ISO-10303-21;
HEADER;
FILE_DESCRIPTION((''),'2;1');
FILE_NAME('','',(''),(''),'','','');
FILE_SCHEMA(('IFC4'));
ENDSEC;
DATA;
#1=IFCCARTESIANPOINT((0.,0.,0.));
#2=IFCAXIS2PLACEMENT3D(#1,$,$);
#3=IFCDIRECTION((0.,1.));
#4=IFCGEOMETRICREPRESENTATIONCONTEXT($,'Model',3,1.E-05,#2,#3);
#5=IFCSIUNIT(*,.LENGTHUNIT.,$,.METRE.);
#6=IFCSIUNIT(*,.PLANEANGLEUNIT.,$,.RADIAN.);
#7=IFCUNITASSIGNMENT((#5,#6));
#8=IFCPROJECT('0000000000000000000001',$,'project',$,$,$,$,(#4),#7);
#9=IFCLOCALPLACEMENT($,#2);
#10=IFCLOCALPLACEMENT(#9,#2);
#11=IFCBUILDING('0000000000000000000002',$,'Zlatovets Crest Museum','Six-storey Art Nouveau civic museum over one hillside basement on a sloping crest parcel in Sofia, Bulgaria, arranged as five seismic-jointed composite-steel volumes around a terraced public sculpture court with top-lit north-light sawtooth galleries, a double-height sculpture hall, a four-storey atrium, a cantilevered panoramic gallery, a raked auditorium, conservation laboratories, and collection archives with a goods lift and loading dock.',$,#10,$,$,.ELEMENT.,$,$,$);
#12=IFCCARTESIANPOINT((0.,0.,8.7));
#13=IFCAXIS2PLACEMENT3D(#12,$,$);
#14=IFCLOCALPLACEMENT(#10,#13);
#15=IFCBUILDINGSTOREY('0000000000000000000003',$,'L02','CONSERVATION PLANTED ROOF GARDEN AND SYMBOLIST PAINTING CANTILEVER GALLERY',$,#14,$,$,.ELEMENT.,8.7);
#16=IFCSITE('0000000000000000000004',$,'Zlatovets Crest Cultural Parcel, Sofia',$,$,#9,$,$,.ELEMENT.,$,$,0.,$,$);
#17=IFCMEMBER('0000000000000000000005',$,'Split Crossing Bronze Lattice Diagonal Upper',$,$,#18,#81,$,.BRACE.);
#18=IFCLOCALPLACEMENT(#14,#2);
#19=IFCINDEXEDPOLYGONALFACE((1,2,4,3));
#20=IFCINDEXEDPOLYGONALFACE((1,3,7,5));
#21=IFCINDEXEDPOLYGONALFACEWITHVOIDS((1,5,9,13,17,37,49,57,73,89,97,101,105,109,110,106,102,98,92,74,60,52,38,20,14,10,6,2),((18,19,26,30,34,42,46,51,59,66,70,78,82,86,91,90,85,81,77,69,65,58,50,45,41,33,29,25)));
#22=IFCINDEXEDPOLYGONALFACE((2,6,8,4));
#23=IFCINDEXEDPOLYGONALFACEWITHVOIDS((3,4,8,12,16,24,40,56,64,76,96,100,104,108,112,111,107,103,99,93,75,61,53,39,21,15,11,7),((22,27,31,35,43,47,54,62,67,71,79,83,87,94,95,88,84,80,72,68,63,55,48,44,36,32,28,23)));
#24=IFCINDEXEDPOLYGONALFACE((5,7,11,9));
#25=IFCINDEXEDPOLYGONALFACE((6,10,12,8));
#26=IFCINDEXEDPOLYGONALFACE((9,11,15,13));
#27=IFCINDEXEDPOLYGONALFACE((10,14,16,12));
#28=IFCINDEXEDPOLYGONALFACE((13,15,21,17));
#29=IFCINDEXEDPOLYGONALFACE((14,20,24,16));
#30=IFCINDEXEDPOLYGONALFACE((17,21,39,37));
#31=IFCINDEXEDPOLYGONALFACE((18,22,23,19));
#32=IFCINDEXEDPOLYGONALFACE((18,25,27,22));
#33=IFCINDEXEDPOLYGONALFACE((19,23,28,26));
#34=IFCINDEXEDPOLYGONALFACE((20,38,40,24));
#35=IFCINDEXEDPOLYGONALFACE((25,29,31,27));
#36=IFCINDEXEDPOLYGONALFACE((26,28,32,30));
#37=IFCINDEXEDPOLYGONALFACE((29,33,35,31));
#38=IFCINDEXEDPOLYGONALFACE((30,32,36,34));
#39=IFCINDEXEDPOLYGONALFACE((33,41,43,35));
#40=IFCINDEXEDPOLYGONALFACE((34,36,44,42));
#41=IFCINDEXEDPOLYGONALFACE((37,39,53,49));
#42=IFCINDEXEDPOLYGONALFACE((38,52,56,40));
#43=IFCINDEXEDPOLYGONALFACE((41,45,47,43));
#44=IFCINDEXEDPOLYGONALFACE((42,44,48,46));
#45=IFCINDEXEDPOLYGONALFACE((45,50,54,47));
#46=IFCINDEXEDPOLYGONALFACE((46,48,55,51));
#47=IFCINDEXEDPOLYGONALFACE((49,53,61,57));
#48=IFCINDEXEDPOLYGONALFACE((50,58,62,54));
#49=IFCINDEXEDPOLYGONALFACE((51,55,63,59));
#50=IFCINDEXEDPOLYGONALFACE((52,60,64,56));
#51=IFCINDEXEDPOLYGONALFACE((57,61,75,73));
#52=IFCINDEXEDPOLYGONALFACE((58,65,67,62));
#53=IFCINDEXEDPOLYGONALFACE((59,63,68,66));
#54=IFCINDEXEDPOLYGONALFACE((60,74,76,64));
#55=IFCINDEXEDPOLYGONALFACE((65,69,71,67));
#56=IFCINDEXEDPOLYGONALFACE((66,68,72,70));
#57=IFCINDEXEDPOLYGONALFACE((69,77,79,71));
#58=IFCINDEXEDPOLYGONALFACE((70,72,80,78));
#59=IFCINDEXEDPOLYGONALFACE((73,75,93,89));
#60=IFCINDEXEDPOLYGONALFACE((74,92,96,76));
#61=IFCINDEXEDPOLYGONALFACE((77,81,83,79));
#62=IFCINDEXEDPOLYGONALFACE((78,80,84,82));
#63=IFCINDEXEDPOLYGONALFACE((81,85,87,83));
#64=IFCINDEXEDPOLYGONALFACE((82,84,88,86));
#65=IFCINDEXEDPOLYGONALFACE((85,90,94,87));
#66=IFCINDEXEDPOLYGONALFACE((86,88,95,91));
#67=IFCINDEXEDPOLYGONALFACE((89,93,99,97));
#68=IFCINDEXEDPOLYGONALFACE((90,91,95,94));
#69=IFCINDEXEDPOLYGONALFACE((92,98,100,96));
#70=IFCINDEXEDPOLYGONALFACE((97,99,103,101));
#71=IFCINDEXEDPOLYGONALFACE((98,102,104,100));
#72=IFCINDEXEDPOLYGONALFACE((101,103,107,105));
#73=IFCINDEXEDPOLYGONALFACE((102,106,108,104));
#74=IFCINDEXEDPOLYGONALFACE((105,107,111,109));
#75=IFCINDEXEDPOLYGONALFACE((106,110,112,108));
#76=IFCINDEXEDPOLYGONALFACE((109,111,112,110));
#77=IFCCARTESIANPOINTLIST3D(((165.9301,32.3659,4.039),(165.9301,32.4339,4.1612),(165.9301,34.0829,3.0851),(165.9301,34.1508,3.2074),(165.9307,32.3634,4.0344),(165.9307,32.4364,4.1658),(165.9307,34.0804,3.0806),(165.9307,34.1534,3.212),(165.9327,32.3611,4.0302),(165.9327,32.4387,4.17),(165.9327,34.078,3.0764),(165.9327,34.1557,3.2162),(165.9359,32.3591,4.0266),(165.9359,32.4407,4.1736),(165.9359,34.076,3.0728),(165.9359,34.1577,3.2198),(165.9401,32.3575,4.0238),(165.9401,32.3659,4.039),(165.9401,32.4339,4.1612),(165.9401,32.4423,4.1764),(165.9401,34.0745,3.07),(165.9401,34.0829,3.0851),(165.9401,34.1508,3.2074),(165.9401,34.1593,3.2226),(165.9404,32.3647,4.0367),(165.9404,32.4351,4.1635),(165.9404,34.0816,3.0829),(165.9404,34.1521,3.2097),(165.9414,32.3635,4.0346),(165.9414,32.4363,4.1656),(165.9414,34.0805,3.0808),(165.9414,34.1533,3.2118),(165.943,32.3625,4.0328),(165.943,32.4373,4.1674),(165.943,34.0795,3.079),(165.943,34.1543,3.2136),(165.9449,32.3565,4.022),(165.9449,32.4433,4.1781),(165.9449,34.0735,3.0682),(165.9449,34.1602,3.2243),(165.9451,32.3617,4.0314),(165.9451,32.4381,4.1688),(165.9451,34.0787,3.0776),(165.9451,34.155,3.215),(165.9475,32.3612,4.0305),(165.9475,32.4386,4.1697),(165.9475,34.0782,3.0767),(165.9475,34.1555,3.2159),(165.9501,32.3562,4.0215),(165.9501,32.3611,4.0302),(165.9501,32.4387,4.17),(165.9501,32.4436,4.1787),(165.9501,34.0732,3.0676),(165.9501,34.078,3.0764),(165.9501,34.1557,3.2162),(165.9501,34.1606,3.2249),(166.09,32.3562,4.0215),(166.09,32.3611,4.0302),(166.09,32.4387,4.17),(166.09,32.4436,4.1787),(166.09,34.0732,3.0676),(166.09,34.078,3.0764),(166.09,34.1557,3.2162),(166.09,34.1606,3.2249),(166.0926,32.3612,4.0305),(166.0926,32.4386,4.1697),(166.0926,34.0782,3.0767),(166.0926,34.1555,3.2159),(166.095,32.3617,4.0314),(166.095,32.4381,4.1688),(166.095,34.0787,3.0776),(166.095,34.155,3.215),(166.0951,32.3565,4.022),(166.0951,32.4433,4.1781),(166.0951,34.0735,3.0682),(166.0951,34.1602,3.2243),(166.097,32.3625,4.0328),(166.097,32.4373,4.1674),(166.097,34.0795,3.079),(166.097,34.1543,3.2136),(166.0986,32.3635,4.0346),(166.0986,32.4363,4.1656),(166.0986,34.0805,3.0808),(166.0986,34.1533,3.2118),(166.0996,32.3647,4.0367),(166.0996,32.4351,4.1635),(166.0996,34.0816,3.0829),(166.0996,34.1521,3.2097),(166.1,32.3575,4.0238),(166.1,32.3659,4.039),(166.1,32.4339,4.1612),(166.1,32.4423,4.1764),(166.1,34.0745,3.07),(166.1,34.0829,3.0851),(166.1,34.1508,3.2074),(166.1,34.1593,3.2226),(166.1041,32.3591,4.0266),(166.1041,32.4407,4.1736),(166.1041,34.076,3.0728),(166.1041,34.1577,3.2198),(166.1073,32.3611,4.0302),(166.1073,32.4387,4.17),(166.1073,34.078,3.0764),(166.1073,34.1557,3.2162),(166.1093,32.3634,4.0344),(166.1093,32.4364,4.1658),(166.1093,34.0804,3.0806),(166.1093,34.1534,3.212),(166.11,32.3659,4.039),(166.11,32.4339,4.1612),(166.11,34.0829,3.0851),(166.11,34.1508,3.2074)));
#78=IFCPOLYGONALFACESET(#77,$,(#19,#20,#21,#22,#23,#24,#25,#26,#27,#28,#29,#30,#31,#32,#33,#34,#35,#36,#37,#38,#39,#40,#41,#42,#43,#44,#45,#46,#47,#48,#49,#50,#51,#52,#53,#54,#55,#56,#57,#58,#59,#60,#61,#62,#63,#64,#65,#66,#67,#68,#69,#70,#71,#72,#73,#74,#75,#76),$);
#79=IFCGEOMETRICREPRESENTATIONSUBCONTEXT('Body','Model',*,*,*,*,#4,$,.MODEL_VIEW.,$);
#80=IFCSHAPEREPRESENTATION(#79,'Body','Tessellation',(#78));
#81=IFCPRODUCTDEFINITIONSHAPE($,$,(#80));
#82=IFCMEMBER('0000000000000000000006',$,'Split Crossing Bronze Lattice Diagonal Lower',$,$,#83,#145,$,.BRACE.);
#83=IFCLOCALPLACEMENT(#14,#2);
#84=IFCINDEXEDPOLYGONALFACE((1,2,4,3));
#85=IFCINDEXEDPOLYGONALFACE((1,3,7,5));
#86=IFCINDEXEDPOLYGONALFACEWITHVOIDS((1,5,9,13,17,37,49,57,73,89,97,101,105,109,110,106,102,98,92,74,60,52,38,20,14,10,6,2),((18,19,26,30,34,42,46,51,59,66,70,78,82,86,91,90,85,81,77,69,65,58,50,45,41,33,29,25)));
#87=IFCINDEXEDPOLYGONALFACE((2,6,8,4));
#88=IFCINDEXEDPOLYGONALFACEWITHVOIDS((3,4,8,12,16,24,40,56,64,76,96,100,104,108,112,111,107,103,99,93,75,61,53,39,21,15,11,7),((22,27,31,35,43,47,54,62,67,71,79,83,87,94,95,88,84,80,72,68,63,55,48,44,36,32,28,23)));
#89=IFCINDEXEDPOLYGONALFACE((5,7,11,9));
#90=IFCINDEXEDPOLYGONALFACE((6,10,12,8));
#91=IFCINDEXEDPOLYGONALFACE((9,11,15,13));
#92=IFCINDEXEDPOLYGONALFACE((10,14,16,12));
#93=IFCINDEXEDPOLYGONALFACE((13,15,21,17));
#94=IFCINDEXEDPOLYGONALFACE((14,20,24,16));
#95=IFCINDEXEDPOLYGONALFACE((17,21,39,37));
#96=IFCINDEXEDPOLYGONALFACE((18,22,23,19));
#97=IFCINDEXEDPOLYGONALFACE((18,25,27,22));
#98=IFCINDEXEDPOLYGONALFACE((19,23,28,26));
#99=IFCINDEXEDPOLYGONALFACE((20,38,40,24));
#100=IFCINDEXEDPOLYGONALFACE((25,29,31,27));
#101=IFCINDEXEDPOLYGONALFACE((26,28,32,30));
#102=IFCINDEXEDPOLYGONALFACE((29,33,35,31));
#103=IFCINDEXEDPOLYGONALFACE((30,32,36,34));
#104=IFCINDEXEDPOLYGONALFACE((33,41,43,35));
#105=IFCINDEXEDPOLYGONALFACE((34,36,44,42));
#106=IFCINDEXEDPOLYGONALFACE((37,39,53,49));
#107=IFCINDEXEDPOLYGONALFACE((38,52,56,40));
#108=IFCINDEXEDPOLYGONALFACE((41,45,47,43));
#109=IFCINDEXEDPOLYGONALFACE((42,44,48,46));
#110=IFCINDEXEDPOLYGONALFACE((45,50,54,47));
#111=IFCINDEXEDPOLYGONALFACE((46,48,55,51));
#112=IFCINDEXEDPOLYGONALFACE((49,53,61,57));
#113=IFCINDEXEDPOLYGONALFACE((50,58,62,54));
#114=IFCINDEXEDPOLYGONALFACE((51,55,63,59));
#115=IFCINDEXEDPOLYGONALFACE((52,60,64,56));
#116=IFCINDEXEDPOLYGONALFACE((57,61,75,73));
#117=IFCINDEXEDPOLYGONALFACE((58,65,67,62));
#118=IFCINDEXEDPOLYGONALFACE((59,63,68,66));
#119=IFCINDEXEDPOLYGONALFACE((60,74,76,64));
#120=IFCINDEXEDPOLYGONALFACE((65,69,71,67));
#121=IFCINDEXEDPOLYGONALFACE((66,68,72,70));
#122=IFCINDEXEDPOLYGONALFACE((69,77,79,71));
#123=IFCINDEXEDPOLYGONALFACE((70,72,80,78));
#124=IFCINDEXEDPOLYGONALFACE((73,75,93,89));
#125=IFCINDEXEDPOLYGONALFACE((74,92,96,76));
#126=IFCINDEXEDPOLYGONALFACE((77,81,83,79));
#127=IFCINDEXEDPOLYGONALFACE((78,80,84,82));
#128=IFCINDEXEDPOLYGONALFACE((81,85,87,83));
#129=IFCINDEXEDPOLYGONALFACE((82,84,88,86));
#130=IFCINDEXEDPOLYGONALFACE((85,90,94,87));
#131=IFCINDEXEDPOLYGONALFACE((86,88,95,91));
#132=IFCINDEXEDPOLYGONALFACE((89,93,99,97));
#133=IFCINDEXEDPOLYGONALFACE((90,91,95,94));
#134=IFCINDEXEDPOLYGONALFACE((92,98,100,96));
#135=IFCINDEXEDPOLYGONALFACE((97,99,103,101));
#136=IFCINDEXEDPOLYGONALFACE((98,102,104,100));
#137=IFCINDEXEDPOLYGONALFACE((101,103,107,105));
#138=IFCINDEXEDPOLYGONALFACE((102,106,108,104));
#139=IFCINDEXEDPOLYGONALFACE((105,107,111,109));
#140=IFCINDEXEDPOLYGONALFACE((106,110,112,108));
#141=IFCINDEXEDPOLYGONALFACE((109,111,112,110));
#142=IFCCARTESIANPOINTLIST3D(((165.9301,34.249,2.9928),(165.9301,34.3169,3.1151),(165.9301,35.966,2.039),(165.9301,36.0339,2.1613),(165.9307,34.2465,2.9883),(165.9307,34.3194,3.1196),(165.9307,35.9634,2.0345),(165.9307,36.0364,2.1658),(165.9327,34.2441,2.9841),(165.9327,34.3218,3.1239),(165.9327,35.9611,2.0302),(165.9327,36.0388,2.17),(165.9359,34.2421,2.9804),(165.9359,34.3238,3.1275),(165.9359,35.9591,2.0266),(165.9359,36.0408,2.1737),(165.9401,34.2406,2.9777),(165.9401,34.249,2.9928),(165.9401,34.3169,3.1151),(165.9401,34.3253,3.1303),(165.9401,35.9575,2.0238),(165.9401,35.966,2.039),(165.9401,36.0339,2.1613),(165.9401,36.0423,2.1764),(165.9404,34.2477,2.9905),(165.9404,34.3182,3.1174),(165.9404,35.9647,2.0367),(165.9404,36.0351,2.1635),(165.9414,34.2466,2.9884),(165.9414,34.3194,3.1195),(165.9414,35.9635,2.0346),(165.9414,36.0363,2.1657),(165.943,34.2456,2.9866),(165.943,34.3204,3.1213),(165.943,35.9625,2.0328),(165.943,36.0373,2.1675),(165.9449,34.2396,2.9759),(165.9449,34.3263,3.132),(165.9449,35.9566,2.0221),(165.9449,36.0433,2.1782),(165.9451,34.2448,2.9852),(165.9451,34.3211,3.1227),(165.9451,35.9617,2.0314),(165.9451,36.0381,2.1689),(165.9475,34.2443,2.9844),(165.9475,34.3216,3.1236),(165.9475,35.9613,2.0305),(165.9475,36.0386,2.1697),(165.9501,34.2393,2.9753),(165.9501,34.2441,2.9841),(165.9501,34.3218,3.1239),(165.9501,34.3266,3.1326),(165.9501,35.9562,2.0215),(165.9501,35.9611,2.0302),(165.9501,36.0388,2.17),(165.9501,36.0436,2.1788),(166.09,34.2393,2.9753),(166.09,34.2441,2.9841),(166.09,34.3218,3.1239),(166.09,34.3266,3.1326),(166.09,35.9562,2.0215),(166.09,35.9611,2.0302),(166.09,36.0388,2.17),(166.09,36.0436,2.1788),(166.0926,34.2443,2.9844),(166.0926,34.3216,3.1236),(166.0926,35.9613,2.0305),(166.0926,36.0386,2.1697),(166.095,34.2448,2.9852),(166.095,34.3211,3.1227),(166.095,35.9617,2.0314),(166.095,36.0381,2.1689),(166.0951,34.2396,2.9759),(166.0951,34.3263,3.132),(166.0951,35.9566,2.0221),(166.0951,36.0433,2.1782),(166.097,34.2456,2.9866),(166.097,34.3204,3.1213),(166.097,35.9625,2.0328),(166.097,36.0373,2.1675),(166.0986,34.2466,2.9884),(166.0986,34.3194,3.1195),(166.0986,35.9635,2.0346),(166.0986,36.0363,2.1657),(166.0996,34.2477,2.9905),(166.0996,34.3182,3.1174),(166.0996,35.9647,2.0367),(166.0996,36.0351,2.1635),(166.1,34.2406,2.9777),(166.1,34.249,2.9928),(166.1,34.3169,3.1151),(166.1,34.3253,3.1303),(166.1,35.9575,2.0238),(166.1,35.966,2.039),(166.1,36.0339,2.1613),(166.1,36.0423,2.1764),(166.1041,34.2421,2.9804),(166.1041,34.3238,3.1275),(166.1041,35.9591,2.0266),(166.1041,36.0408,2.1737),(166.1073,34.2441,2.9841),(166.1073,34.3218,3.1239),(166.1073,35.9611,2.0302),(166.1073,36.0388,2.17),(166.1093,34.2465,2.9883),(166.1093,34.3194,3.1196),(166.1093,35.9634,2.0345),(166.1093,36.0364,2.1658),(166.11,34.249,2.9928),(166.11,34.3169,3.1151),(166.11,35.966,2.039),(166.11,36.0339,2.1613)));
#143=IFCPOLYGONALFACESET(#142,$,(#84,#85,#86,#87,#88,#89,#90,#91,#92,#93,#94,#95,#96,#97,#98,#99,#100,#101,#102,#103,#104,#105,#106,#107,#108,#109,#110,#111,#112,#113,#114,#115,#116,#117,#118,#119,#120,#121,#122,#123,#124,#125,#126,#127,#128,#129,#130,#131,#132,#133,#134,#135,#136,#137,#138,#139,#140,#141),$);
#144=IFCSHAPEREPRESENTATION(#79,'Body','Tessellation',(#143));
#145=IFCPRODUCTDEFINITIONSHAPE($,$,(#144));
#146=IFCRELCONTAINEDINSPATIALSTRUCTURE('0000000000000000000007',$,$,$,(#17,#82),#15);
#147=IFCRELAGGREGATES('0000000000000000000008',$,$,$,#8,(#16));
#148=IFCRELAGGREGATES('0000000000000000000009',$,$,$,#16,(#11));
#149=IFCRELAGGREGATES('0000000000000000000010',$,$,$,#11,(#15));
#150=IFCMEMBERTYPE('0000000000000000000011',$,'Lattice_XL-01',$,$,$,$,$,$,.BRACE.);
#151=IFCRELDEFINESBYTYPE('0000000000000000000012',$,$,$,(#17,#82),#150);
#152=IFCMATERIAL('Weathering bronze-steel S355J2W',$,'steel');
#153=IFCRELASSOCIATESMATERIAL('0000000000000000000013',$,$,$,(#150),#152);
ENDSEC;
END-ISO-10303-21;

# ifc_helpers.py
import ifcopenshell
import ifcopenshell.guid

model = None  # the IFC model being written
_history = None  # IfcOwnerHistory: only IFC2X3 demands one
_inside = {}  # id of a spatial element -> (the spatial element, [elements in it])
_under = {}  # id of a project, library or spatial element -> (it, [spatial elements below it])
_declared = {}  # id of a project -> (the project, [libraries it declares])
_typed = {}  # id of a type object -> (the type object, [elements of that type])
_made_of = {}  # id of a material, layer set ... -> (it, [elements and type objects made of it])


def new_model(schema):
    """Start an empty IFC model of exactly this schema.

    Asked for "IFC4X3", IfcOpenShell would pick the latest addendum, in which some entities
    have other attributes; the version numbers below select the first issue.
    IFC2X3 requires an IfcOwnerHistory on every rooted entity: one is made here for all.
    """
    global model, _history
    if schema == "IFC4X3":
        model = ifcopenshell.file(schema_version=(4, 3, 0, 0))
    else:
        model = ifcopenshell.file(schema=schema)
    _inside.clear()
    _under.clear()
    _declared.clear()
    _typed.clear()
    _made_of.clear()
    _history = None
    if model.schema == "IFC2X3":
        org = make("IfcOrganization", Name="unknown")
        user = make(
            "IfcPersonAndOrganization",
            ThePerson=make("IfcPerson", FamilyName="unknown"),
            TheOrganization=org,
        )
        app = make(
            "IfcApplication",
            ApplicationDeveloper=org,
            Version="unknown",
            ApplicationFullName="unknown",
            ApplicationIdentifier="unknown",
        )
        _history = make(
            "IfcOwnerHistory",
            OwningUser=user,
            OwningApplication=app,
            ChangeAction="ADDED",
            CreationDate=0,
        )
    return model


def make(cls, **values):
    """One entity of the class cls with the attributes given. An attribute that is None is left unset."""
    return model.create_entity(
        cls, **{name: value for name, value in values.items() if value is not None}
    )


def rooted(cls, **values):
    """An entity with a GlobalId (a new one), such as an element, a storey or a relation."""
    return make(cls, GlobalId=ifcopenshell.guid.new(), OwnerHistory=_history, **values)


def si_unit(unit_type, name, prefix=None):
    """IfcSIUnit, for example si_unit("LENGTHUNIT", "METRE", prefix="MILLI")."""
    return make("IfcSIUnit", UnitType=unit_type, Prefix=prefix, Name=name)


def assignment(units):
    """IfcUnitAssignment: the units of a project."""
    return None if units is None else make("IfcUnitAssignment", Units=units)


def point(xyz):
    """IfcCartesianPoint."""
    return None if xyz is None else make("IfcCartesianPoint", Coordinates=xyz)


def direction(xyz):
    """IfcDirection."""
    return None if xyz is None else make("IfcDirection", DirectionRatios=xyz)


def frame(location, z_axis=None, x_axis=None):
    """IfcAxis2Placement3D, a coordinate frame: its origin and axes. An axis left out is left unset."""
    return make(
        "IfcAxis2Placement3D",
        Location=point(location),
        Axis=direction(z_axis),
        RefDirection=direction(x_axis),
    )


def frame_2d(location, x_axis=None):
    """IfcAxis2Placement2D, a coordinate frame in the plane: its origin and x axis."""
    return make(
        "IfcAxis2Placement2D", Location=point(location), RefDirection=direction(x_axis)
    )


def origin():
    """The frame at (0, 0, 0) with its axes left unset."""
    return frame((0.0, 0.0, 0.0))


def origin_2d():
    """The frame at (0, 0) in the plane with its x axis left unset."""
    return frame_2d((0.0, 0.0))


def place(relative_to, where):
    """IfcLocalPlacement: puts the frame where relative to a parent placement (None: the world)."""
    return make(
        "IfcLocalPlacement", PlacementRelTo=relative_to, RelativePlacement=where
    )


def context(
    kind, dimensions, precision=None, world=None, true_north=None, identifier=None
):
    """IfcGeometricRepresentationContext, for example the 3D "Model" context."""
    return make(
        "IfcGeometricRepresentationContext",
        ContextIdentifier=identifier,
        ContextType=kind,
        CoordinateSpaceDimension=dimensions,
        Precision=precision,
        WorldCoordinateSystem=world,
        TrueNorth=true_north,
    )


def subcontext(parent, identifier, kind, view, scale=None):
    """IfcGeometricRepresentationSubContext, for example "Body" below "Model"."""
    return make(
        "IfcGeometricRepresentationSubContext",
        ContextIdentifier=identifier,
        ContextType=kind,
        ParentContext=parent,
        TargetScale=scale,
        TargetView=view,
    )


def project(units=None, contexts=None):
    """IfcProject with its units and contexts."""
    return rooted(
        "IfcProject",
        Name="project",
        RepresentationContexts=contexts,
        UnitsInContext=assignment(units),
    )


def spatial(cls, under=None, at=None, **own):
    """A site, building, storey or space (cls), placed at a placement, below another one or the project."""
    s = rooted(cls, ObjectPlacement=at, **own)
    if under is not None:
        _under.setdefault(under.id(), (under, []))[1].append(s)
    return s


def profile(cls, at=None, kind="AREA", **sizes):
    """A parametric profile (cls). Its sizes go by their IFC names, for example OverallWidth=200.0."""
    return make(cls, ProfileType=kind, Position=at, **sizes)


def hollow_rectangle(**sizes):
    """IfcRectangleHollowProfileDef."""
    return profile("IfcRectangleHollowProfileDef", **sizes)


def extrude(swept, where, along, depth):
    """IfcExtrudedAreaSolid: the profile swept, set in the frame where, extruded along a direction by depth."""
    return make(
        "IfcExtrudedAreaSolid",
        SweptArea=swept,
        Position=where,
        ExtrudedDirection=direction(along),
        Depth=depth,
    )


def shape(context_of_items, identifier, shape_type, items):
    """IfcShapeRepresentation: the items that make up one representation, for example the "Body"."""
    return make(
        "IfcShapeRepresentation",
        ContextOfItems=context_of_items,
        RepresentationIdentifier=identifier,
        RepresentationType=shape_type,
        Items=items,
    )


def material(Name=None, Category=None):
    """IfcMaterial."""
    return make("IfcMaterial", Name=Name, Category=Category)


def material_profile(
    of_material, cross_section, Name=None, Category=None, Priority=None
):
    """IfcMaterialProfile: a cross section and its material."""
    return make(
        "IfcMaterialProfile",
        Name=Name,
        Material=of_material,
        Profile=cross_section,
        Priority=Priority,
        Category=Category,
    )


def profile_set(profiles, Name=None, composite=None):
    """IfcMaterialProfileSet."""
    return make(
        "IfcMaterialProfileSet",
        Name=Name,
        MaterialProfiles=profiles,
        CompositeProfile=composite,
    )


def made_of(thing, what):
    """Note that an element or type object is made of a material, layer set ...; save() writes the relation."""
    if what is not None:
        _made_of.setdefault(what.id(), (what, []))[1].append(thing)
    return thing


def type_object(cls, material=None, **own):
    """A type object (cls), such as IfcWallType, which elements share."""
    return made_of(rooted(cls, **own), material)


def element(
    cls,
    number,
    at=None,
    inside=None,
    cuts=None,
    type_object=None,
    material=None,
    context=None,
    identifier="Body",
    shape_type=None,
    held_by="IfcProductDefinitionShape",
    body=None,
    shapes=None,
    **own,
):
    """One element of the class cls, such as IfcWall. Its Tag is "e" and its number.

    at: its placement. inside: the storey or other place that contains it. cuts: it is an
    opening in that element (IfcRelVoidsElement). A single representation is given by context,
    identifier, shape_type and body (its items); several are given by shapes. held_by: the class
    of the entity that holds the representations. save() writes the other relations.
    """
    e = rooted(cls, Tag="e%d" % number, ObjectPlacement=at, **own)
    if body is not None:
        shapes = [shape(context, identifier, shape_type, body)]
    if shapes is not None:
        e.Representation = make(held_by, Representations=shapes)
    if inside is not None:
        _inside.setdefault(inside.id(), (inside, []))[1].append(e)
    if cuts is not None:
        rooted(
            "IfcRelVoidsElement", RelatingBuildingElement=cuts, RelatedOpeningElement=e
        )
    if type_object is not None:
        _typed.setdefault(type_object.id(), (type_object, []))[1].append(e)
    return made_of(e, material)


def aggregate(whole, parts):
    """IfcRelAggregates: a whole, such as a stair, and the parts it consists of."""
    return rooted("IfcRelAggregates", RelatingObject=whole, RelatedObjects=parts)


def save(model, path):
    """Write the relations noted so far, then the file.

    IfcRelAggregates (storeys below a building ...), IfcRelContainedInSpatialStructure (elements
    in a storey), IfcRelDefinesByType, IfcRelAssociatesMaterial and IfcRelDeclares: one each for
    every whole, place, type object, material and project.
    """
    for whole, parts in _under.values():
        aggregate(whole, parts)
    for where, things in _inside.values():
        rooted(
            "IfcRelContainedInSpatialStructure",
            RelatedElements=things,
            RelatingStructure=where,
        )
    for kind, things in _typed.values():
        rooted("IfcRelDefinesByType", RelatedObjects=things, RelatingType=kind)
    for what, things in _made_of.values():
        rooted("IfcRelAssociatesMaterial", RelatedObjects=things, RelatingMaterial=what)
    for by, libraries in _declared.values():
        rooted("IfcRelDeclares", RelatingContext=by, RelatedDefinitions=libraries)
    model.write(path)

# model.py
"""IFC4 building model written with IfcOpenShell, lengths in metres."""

from ifc_helpers import new_model, si_unit, direction, frame, origin, origin_2d, place, context, subcontext, project, spatial, hollow_rectangle, extrude, material, material_profile, profile_set, type_object, element, save


model = new_model("IFC4")

# Units and contexts
model_context = context("Model", 3, precision=1e-05, world=origin(), true_north=direction((0.0, 1.0)))
body_context = subcontext(model_context, "Body", "Model", "MODEL_VIEW")
ifc_project = project(units=[si_unit("LENGTHUNIT", "METRE"), si_unit("PLANEANGLEUNIT", "RADIAN")], contexts=[model_context])

# Site, building, storey
site_placement = place(None, origin())
site = spatial("IfcSite", under=ifc_project, at=site_placement, Name="Zlatovets Crest Cultural Parcel, Sofia", CompositionType="ELEMENT", RefElevation=0.0)
building_placement = place(site_placement, origin())
building = spatial("IfcBuilding", under=site, at=building_placement, Name="Zlatovets Crest Museum", Description="Six-storey Art Nouveau civic museum over one hillside basement on a sloping crest parcel in Sofia, Bulgaria, arranged as five seismic-jointed composite-steel volumes around a terraced public sculpture court with top-lit north-light sawtooth galleries, a double-height sculpture hall, a four-storey atrium, a cantilevered panoramic gallery, a raked auditorium, conservation laboratories, and collection archives with a goods lift and loading dock.", CompositionType="ELEMENT")
storey_placement = place(building_placement, frame((0.0, 0.0, 8.7)))
storey = spatial("IfcBuildingStorey", under=building, at=storey_placement, Name="L02", Description="CONSERVATION PLANTED ROOF GARDEN AND SYMBOLIST PAINTING CANTILEVER GALLERY", CompositionType="ELEMENT", Elevation=8.7)

# Members
ifc_material_1 = material(Name="Weathering bronze-steel S355J2W", Category="steel")
ifc_material_profile_1 = material_profile(ifc_material_1, hollow_rectangle(XDim=0.1799, YDim=0.1799, WallThickness=0.01, InnerFilletRadius=0.01, OuterFilletRadius=0.02, at=origin_2d()), Name="SHS 180x180x10.0")
ifc_profile_set_1 = profile_set([ifc_material_profile_1], Name="Weathering bronze-steel S355J2W")
member_type_1 = type_object("IfcMemberType", Name="Lattice_XL-01", PredefinedType="BRACE", material=ifc_profile_set_1)
for number, where, z_axis, x_axis, name in (
    (1, (166.02, 32.3999, 4.1001), (0.0, 0.874169, -0.485622), (-1.0, 0.0, 0.0), "Split Crossing Bronze Lattice Diagonal Upper"),
    (2, (166.02, 34.283, 3.054), (0.0, 0.874169, -0.485622), (-1.0, 0.0, 0.0), "Split Crossing Bronze Lattice Diagonal Lower"),
):
    element("IfcMember", number, at=place(storey_placement, frame(where, z_axis=z_axis, x_axis=x_axis)), inside=storey, type_object=member_type_1, Name=name, PredefinedType="BRACE", context=body_context, shape_type="SweptSolid", body=[
        extrude(hollow_rectangle(XDim=0.1799, YDim=0.1799, WallThickness=0.01, InnerFilletRadius=0.01, OuterFilletRadius=0.02, at=origin_2d()), origin(), (0.0, 0.0, 1.0), 1.9641),
    ])

save(model, "model.ifc")
